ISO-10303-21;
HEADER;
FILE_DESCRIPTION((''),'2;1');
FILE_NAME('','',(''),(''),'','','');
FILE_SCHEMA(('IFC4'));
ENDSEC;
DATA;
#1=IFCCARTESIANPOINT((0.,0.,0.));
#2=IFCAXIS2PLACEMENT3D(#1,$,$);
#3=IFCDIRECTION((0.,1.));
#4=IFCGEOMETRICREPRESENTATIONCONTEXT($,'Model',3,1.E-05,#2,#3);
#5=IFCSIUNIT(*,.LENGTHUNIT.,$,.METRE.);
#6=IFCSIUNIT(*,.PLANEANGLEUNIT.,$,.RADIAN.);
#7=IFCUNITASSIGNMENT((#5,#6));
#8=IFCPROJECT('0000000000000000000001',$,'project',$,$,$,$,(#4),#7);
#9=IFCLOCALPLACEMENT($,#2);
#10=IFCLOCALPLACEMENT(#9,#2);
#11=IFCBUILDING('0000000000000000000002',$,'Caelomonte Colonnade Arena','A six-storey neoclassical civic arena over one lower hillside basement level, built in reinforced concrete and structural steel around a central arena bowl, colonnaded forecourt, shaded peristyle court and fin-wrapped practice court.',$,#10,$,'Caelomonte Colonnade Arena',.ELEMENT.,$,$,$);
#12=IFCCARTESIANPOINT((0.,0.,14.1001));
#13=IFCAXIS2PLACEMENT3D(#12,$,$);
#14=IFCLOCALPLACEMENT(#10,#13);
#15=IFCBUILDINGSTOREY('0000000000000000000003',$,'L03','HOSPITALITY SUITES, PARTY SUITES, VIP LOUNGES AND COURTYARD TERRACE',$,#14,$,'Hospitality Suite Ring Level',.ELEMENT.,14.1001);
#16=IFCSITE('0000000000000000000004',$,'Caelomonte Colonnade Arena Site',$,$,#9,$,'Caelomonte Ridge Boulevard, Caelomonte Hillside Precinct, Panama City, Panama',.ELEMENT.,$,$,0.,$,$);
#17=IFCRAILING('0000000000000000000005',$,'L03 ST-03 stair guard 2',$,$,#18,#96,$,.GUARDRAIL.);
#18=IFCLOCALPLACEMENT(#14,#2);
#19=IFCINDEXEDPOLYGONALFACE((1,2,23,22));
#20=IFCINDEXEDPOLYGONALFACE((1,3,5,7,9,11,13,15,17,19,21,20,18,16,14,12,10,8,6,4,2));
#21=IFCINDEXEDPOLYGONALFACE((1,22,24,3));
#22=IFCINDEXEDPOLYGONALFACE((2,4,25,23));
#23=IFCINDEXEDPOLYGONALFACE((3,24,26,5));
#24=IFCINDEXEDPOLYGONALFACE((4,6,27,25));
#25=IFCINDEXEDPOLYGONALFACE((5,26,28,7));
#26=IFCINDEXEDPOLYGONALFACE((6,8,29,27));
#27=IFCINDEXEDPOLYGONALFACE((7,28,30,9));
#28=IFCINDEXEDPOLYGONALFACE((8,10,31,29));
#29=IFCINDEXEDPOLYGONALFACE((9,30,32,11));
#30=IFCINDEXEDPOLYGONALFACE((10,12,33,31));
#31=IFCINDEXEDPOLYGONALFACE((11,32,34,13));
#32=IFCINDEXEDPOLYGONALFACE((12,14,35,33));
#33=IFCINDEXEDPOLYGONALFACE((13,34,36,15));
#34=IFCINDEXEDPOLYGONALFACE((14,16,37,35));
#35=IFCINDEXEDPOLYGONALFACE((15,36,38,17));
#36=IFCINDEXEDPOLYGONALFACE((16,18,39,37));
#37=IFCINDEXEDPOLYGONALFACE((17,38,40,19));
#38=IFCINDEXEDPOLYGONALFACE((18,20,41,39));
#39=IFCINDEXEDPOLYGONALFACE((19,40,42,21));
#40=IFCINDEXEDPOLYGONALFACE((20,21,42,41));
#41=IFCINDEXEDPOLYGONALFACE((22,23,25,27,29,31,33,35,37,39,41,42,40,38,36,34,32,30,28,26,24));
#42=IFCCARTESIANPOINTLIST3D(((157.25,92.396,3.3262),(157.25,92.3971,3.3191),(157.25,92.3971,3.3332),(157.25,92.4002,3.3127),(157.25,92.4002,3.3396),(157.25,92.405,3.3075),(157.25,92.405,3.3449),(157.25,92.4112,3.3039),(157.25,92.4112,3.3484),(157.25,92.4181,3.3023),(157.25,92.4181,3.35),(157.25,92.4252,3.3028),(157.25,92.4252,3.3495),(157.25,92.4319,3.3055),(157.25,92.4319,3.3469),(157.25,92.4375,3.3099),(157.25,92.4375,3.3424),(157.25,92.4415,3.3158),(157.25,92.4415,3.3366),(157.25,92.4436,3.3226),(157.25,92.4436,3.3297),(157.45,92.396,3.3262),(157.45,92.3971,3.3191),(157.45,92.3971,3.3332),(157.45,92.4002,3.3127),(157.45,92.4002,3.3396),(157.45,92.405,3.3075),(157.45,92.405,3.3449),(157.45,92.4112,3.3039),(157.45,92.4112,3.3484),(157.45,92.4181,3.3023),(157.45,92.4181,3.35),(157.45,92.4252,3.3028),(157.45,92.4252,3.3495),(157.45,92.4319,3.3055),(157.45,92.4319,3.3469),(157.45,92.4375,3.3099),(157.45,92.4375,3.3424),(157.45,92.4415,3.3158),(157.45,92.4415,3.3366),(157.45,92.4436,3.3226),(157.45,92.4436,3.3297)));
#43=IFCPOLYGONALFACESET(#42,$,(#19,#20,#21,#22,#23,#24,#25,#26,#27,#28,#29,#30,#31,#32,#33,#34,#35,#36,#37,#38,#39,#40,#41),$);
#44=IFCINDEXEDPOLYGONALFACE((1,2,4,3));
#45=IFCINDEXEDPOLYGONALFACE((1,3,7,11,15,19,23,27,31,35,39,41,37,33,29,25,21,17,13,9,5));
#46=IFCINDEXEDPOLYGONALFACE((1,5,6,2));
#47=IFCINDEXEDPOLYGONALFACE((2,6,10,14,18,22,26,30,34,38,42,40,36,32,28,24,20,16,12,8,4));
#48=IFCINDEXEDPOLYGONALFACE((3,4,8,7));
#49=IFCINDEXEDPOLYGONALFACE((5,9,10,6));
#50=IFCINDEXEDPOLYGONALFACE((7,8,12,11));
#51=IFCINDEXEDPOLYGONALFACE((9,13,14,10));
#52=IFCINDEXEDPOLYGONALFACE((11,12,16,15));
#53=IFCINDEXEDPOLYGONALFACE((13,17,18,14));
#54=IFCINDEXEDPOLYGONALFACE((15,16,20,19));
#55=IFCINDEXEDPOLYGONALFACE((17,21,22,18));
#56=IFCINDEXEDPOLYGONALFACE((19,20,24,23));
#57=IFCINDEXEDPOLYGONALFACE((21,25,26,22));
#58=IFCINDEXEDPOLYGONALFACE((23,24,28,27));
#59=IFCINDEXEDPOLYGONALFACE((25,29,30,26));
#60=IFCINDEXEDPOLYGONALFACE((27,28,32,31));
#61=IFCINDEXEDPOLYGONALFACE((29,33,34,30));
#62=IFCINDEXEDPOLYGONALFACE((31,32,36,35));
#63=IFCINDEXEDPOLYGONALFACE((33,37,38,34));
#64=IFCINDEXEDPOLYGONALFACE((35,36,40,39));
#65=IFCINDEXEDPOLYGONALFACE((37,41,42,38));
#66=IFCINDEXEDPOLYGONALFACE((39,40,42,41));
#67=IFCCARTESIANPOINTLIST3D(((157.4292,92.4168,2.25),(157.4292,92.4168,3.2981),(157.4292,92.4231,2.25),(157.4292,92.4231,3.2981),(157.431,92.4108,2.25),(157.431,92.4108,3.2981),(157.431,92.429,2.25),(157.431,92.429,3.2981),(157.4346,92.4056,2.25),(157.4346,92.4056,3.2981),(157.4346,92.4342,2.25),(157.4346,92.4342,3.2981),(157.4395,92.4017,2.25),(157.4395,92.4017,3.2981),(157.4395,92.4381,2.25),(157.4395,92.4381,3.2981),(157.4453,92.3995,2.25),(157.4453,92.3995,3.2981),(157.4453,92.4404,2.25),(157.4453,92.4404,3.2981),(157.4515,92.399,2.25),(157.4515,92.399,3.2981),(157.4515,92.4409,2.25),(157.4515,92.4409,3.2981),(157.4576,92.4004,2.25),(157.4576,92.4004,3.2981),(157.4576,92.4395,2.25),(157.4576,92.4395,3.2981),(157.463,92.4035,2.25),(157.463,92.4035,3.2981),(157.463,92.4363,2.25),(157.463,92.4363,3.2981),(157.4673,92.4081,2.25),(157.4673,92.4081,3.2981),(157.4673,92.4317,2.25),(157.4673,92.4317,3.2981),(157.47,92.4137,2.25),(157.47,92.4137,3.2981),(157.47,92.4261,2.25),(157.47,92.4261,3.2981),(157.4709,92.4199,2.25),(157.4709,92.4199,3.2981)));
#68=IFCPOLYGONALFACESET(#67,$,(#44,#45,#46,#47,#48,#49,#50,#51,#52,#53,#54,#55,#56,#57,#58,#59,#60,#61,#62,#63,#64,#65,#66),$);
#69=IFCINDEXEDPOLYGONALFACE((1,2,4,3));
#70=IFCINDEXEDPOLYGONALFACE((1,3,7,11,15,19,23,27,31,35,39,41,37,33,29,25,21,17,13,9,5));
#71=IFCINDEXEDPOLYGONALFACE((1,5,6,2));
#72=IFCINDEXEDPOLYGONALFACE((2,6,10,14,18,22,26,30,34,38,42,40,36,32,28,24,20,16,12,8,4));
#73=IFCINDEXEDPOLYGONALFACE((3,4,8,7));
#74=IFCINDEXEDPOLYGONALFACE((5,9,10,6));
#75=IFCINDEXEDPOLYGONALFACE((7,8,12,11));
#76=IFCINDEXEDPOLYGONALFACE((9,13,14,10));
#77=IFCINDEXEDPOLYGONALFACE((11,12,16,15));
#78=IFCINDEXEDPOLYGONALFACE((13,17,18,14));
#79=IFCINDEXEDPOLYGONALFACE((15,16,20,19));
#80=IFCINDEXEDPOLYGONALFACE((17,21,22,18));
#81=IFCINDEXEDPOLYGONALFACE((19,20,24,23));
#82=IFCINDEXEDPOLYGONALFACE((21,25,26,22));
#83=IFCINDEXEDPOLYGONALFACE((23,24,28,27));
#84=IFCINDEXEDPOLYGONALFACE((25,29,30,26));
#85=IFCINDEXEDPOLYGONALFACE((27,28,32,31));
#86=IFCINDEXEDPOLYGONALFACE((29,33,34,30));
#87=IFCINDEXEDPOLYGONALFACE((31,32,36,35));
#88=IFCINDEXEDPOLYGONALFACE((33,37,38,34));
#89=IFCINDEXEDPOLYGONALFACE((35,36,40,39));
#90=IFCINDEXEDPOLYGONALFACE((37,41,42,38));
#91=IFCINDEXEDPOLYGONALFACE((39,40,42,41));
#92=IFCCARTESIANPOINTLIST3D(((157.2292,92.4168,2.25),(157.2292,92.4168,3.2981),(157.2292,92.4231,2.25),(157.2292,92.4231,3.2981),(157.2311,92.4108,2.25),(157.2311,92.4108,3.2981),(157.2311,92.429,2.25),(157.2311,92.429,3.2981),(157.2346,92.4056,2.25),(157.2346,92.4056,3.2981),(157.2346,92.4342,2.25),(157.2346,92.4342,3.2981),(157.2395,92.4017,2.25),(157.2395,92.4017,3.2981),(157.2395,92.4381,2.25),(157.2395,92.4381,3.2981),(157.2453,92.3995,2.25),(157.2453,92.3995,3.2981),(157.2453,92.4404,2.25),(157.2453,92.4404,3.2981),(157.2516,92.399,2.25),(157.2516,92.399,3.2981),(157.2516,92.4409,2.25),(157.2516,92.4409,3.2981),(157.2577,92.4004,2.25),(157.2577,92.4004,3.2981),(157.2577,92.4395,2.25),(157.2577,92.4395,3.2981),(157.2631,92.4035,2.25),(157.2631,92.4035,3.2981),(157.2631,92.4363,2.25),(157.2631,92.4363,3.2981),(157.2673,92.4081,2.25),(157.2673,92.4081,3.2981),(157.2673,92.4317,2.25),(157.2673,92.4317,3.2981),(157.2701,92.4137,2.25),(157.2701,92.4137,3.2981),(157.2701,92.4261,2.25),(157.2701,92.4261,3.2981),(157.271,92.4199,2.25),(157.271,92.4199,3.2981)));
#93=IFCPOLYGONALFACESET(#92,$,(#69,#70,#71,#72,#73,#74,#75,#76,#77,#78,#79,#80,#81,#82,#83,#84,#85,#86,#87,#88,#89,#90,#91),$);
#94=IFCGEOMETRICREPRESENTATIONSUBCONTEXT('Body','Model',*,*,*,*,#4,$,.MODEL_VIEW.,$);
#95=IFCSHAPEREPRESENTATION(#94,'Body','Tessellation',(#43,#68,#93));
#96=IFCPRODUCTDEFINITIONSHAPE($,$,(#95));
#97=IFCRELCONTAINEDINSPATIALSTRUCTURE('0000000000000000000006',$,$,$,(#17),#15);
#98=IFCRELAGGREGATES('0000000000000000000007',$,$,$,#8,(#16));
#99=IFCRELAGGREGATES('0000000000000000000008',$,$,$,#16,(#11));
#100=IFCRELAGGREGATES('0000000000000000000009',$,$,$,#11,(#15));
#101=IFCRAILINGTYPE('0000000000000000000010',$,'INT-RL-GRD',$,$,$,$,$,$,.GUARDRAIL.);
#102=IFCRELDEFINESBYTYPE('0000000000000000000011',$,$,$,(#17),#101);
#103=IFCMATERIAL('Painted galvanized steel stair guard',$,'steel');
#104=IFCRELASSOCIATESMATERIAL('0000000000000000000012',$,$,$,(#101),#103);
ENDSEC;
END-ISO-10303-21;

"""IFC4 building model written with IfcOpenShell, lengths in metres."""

from ifc_helpers import new_model, si_unit, direction, frame, origin, origin_2d, place, context, subcontext, project, spatial, circle, extrude, material, type_object, element, save


model = new_model("IFC4")

# Units and contexts
model_context = context("Model", 3, precision=1e-05, world=origin(), true_north=direction((0.0, 1.0)))
body_context = subcontext(model_context, "Body", "Model", "MODEL_VIEW")
ifc_project = project(units=[si_unit("LENGTHUNIT", "METRE"), si_unit("PLANEANGLEUNIT", "RADIAN")], contexts=[model_context])

# Site, building, storey
site_placement = place(None, origin())
site = spatial("IfcSite", under=ifc_project, at=site_placement, Name="Caelomonte Colonnade Arena Site", LongName="Caelomonte Ridge Boulevard, Caelomonte Hillside Precinct, Panama City, Panama", CompositionType="ELEMENT", RefElevation=0.0)
building_placement = place(site_placement, origin())
building = spatial("IfcBuilding", under=site, at=building_placement, Name="Caelomonte Colonnade Arena", Description="A six-storey neoclassical civic arena over one lower hillside basement level, built in reinforced concrete and structural steel around a central arena bowl, colonnaded forecourt, shaded peristyle court and fin-wrapped practice court.", LongName="Caelomonte Colonnade Arena", CompositionType="ELEMENT")
storey_placement = place(building_placement, frame((0.0, 0.0, 14.1001)))
storey = spatial("IfcBuildingStorey", under=building, at=storey_placement, Name="L03", Description="HOSPITALITY SUITES, PARTY SUITES, VIP LOUNGES AND COURTYARD TERRACE", LongName="Hospitality Suite Ring Level", CompositionType="ELEMENT", Elevation=14.1001)

# Railing
ifc_material_1 = material(Name="Painted galvanized steel stair guard", Category="steel")
railing_type_1 = type_object("IfcRailingType", Name="INT-RL-GRD", PredefinedType="GUARDRAIL", material=ifc_material_1)
railing_1_placement = place(storey_placement, frame((157.45, 92.4199, 2.25)))
element("IfcRailing", 1, at=railing_1_placement, inside=storey, type_object=railing_type_1, Name="L03 ST-03 stair guard 2", PredefinedType="GUARDRAIL", context=body_context, shape_type="SweptSolid", body=[
    extrude(circle(Radius=0.0239, at=origin_2d()), frame((0.0, 0.0, 1.0762), z_axis=(-1.0, 0.0, 0.0), x_axis=(0.0, -1.0, 0.0)), (0.0, 0.0, 1.0), 0.2),
    extrude(circle(Radius=0.021, at=origin_2d()), origin(), (0.0, 0.0, 1.0), 1.0481),
    extrude(circle(Radius=0.021, at=origin_2d()), frame((-0.2, 0.0, 0.0)), (0.0, 0.0, 1.0), 1.0481),
])

save(model, "model.ifc")
